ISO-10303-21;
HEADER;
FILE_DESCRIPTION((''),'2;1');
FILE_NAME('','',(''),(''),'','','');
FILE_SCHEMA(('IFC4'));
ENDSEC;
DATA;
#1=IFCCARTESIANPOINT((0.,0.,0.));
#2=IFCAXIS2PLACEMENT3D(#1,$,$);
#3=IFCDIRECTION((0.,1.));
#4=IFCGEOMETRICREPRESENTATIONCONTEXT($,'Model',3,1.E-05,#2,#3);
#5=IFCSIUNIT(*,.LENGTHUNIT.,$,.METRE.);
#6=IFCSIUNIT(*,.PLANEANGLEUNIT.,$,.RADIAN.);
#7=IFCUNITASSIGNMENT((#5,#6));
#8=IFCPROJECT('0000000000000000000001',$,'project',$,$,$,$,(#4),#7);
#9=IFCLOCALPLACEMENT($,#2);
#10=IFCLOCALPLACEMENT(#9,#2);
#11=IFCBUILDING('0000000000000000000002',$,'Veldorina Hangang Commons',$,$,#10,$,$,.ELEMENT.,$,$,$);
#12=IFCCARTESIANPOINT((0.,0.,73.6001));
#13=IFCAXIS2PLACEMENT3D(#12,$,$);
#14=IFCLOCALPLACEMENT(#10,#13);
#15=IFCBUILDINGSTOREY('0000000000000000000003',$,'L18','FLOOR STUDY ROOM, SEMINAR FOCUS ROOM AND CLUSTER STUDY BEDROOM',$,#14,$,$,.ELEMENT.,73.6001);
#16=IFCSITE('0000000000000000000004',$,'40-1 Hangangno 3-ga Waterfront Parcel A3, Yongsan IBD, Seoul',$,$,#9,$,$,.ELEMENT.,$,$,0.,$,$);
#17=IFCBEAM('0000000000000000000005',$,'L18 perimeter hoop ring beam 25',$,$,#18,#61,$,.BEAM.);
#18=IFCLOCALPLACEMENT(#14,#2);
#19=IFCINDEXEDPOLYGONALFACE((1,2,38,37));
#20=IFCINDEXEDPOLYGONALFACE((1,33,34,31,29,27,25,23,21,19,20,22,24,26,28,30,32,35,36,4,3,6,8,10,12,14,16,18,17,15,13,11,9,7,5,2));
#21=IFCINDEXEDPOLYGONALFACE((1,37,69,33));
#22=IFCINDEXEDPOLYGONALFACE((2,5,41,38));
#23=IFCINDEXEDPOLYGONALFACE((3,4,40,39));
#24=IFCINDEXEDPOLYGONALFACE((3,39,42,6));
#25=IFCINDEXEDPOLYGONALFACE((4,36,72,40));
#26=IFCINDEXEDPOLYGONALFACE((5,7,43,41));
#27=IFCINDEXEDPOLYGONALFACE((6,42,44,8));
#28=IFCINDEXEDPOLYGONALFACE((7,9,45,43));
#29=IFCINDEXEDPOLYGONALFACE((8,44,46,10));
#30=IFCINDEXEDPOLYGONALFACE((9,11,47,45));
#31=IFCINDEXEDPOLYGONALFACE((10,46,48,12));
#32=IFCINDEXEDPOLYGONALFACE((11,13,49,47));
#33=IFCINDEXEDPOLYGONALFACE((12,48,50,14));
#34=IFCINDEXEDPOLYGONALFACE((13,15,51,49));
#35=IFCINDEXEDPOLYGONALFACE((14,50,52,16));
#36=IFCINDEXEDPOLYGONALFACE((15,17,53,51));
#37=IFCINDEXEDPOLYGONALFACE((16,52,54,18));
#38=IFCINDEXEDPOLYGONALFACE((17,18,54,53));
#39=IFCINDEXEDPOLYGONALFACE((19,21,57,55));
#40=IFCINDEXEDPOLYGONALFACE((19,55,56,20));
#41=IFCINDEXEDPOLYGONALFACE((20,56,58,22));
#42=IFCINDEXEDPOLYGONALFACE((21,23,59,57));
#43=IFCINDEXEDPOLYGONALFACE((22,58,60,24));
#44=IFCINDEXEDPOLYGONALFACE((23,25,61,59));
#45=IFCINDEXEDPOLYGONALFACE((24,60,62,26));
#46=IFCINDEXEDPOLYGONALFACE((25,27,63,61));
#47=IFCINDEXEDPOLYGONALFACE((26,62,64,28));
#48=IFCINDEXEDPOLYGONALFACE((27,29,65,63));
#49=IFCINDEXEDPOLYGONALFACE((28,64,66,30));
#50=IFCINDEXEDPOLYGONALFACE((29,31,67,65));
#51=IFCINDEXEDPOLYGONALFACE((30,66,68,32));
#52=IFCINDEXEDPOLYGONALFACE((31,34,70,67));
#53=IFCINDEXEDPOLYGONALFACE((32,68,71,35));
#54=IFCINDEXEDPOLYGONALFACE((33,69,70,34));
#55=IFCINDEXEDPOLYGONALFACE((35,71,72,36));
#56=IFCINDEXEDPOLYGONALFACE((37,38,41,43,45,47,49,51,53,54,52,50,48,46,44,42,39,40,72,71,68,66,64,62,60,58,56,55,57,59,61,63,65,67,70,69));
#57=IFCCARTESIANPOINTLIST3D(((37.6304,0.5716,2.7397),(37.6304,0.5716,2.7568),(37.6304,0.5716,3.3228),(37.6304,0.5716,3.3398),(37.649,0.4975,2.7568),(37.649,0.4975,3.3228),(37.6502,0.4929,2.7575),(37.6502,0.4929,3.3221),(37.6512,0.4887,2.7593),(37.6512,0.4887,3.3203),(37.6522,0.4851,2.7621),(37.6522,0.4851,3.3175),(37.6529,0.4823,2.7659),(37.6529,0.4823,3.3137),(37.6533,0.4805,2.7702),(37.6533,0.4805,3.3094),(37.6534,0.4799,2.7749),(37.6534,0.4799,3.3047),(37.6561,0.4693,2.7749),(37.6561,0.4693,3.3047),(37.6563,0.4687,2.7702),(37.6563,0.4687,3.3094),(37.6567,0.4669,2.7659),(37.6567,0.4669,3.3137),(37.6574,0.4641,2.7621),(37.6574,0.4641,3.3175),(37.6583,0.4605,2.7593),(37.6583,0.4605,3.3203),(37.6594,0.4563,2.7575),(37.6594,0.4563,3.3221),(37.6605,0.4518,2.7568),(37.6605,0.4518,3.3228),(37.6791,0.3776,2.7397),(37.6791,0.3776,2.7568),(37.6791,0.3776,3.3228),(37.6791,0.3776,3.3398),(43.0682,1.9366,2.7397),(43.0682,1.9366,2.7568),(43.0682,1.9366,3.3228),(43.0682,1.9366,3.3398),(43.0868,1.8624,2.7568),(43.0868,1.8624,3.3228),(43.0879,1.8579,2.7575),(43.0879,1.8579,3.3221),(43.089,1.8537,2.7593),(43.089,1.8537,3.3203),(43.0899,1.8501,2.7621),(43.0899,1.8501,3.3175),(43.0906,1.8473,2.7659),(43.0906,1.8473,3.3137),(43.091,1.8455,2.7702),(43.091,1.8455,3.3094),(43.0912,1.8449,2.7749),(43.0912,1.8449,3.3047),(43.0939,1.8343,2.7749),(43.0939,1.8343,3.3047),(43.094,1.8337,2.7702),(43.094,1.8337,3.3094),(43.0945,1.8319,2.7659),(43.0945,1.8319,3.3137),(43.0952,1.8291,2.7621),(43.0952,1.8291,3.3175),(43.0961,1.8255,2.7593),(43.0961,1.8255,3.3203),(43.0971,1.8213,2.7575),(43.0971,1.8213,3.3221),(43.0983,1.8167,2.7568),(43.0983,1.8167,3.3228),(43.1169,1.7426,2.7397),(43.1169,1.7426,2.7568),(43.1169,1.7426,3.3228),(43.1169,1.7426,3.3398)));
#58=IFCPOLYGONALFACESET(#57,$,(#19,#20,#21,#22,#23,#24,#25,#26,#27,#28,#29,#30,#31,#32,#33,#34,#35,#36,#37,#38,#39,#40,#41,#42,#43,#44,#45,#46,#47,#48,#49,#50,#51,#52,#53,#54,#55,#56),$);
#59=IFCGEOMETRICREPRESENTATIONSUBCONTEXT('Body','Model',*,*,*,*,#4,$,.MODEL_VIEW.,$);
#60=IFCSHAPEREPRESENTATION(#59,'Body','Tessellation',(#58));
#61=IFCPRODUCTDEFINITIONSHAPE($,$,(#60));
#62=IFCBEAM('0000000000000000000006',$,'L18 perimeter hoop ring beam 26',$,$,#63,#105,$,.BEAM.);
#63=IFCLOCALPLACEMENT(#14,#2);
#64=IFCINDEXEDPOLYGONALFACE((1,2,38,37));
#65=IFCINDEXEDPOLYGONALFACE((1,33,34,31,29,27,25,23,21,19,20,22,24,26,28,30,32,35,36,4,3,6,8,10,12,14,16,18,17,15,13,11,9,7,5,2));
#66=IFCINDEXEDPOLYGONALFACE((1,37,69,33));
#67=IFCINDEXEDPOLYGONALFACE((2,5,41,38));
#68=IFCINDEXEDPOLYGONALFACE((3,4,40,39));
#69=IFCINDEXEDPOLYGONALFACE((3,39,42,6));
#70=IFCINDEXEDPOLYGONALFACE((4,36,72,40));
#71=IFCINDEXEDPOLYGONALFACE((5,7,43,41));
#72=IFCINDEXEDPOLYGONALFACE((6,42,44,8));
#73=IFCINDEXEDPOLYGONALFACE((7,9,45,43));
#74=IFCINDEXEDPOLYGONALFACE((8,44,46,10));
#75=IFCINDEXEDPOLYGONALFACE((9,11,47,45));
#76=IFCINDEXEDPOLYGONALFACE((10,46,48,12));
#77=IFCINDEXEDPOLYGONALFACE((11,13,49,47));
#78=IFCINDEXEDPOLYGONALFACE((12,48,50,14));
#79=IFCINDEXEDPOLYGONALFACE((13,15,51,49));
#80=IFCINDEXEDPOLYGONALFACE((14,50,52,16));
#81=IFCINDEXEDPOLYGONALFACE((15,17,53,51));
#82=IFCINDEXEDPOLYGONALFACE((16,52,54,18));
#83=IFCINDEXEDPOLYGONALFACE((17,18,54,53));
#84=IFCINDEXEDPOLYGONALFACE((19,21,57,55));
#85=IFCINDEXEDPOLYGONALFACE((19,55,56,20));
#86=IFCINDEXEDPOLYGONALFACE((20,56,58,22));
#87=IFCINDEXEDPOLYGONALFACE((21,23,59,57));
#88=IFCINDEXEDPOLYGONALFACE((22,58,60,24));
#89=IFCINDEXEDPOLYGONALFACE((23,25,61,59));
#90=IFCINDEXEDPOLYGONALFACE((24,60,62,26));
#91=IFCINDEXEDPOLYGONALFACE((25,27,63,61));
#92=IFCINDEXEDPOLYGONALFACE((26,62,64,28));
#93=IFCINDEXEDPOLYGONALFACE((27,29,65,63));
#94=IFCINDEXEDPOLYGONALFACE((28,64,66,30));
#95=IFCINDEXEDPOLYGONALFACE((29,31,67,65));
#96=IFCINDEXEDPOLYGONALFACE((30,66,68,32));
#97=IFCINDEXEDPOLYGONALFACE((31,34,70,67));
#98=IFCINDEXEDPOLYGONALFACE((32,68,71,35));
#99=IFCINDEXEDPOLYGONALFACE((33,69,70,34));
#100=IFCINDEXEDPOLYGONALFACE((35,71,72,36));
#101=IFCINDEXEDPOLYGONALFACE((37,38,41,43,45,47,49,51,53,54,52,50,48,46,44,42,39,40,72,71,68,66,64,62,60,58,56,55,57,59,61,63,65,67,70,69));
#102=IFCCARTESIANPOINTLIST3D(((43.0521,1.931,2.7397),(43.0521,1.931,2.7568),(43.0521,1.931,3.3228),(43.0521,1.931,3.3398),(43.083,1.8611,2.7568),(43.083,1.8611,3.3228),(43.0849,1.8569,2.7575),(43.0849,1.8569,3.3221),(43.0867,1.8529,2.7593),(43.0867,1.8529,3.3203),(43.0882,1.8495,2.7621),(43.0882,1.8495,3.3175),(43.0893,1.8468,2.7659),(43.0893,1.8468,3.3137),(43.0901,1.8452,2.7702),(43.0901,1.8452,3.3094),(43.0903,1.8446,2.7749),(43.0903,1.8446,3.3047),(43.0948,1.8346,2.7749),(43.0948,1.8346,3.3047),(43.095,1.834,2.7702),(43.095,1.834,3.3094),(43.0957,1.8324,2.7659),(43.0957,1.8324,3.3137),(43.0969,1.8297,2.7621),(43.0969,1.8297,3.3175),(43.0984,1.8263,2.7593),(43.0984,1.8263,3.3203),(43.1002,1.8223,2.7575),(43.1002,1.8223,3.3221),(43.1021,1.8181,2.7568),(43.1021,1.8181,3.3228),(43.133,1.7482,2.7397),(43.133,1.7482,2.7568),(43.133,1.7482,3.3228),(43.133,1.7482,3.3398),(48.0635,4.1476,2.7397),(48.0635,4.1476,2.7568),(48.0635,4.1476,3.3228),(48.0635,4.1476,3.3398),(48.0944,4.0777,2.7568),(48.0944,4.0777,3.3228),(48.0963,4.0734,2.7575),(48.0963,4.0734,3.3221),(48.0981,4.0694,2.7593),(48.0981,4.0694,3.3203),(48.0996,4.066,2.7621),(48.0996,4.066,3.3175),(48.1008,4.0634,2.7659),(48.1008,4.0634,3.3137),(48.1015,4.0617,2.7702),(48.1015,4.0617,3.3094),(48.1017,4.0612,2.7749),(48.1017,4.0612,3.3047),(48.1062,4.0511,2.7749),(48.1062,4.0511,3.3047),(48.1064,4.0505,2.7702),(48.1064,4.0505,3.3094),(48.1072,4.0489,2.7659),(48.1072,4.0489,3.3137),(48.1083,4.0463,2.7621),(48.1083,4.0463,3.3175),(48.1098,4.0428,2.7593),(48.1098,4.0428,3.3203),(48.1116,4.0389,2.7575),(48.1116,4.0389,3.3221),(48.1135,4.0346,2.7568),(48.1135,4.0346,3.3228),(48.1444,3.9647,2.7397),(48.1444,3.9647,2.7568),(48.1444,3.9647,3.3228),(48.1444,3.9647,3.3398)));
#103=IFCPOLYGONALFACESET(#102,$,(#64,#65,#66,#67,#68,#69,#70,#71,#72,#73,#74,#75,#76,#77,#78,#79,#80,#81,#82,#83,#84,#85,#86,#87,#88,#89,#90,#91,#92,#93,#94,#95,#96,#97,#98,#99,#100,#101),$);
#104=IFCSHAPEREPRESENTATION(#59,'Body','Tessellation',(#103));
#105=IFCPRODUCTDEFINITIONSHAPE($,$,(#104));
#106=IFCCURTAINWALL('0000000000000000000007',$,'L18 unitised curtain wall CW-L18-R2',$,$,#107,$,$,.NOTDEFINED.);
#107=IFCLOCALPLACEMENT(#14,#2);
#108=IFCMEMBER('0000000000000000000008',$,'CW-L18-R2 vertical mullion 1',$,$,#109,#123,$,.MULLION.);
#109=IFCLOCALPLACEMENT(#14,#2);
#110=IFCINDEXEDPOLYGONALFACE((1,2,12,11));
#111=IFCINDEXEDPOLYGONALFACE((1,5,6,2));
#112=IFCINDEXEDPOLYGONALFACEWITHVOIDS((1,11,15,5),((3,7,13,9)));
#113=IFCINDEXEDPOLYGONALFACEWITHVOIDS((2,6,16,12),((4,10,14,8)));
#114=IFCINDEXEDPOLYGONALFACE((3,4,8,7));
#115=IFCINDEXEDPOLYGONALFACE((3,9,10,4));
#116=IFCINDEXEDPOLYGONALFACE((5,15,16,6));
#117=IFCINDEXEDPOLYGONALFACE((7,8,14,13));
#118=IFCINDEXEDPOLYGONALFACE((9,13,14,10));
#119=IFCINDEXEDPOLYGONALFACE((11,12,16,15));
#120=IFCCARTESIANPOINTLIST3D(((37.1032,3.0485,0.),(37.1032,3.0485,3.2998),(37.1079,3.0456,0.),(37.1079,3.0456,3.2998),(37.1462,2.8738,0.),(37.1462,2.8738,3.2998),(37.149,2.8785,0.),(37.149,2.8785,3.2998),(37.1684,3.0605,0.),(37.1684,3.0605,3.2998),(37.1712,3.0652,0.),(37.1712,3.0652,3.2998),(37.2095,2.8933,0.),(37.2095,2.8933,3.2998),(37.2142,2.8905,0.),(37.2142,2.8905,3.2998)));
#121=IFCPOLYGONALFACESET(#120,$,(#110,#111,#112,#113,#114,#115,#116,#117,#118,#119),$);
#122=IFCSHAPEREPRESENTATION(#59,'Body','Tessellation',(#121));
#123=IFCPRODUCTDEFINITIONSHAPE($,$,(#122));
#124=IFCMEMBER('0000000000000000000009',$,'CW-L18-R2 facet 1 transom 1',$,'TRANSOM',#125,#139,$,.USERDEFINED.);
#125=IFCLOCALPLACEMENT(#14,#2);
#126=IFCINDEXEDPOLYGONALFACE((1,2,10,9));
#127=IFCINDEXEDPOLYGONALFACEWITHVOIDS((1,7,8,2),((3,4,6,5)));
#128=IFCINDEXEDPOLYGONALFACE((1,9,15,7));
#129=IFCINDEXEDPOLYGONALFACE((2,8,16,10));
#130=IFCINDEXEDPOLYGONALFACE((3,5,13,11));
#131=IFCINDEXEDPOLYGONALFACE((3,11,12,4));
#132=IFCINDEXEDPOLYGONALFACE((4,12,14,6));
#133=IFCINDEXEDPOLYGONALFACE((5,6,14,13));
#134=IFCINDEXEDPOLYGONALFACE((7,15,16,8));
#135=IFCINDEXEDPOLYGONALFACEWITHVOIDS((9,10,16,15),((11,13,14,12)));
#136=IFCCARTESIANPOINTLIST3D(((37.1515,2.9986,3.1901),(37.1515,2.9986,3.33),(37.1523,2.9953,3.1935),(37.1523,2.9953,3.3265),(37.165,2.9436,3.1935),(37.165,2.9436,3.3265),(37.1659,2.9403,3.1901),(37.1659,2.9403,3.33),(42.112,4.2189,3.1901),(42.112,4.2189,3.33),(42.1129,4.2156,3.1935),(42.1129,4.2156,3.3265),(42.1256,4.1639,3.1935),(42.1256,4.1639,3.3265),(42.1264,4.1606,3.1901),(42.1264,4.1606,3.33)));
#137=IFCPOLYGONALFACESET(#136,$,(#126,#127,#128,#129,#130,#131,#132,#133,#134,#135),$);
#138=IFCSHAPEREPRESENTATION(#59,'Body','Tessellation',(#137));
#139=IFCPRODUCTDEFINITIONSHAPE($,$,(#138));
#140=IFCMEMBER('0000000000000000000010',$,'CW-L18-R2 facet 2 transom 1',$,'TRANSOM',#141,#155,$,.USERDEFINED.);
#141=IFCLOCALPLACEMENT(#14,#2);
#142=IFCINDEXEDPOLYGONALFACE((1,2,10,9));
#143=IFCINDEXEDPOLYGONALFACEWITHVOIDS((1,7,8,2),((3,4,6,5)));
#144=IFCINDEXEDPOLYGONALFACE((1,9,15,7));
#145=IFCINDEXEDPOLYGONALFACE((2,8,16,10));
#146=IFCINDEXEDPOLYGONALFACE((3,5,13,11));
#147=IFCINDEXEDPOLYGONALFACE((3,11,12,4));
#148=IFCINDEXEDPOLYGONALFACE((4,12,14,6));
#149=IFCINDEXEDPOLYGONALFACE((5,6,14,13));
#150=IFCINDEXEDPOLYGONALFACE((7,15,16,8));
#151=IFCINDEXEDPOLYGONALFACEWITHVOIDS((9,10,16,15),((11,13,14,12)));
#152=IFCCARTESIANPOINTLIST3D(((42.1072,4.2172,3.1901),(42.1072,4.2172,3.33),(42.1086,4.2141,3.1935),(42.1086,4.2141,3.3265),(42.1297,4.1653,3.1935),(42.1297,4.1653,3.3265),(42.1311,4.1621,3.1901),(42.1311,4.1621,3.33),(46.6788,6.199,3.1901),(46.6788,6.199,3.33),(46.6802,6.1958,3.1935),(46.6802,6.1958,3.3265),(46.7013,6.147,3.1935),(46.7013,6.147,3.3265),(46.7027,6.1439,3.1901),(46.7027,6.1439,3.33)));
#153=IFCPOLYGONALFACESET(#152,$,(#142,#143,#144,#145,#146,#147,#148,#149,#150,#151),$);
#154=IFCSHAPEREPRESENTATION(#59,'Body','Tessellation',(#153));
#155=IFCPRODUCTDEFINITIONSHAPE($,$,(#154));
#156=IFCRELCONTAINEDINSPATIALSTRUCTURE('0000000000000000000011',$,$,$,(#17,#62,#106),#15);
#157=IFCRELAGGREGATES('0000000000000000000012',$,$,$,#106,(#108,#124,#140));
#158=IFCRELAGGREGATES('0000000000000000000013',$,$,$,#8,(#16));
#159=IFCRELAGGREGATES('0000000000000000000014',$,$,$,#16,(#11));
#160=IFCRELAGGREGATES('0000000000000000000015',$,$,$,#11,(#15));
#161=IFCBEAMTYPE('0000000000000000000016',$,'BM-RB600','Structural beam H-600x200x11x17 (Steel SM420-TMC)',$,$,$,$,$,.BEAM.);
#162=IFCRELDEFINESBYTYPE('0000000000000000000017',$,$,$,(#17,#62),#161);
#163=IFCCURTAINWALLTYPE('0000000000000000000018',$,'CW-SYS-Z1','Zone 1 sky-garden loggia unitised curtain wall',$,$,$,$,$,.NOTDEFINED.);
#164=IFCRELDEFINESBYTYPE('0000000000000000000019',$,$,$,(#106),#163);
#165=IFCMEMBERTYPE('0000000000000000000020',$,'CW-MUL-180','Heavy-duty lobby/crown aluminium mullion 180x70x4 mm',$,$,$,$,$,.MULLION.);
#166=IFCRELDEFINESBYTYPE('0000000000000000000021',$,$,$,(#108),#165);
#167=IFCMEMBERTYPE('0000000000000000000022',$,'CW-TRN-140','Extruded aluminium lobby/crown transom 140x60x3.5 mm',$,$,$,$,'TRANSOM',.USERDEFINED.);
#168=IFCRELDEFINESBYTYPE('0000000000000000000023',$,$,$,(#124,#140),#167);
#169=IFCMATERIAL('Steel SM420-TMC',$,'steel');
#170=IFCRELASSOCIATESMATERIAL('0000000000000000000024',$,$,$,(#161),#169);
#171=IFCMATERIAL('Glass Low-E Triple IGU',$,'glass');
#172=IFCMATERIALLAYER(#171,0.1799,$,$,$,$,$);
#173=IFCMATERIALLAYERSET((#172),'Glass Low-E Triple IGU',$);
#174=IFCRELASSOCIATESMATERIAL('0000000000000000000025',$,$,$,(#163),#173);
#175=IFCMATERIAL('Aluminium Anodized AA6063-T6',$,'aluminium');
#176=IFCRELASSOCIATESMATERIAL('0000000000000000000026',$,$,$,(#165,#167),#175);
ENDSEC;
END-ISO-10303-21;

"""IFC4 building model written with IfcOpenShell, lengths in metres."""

from ifc_helpers import new_model, si_unit, direction, frame, origin, origin_2d, place, context, subcontext, project, spatial, hollow_rectangle, i_section, extrude, material, layer, layer_set, material_profile, profile_set, type_object, element, aggregate, save


model = new_model("IFC4")

# Units and contexts
model_context = context("Model", 3, precision=1e-05, world=origin(), true_north=direction((0.0, 1.0)))
body_context = subcontext(model_context, "Body", "Model", "MODEL_VIEW")
ifc_project = project(units=[si_unit("LENGTHUNIT", "METRE"), si_unit("PLANEANGLEUNIT", "RADIAN")], contexts=[model_context])

# Site, building, storey
site_placement = place(None, origin())
site = spatial("IfcSite", under=ifc_project, at=site_placement, Name="40-1 Hangangno 3-ga Waterfront Parcel A3, Yongsan IBD, Seoul", CompositionType="ELEMENT", RefElevation=0.0)
building_placement = place(site_placement, origin())
building = spatial("IfcBuilding", under=site, at=building_placement, Name="Veldorina Hangang Commons", CompositionType="ELEMENT")
storey_placement = place(building_placement, frame((0.0, 0.0, 73.6001)))
storey = spatial("IfcBuildingStorey", under=building, at=storey_placement, Name="L18", Description="FLOOR STUDY ROOM, SEMINAR FOCUS ROOM AND CLUSTER STUDY BEDROOM", CompositionType="ELEMENT", Elevation=73.6001)

# Beams
ifc_material_1 = material(Name="Steel SM420-TMC", Category="steel")
ifc_material_profile_1 = material_profile(ifc_material_1, i_section(OverallWidth=0.2, OverallDepth=0.6001, WebThickness=0.011, FlangeThickness=0.0171, FilletRadius=0.0181, at=origin_2d()), Name="H-600x200x11x17")
ifc_profile_set_1 = profile_set([ifc_material_profile_1], Name="Steel SM420-TMC")
beam_type = type_object("IfcBeamType", Name="BM-RB600", Description="Structural beam H-600x200x11x17 (Steel SM420-TMC)", PredefinedType="BEAM", material=ifc_profile_set_1)
beam_1_placement = place(storey_placement, frame((37.6548, 0.4746, 3.0398), z_axis=(0.969909, 0.243468, 0.0), x_axis=(-0.243468, 0.969909, 0.0)))
element("IfcBeam", 1, at=beam_1_placement, inside=storey, type_object=beam_type, Name="L18 perimeter hoop ring beam 25", PredefinedType="BEAM", context=body_context, shape_type="SweptSolid", body=[
    extrude(i_section(OverallWidth=0.2, OverallDepth=0.6001, WebThickness=0.011, FlangeThickness=0.0171, FilletRadius=0.0181, at=origin_2d()), origin(), (0.0, 0.0, 1.0), 5.6064),
])
beam_2_placement = place(storey_placement, frame((43.0925, 1.8396, 3.0398), z_axis=(0.914539, 0.404497, 0.0), x_axis=(-0.404497, 0.914539, 0.0)))
element("IfcBeam", 2, at=beam_2_placement, inside=storey, type_object=beam_type, Name="L18 perimeter hoop ring beam 26", PredefinedType="BEAM", context=body_context, shape_type="SweptSolid", body=[
    extrude(i_section(OverallWidth=0.2, OverallDepth=0.6001, WebThickness=0.011, FlangeThickness=0.0171, FilletRadius=0.0181, at=origin_2d()), origin(), (0.0, 0.0, 1.0), 5.4797),
])

# Curtain wall, members
ifc_material_2 = material(Name="Glass Low-E Triple IGU", Category="glass")
ifc_layer_1 = layer(ifc_material_2, 0.1799)
ifc_layer_set_1 = layer_set([ifc_layer_1], Name="Glass Low-E Triple IGU")
curtain_wall_type = type_object("IfcCurtainWallType", Name="CW-SYS-Z1", Description="Zone 1 sky-garden loggia unitised curtain wall", PredefinedType="NOTDEFINED", material=ifc_layer_set_1)
curtain_wall_placement = place(storey_placement, origin())
curtain_wall = element("IfcCurtainWall", 3, at=curtain_wall_placement, inside=storey, type_object=curtain_wall_type, Name="L18 unitised curtain wall CW-L18-R2", PredefinedType="NOTDEFINED")
ifc_material_3 = material(Name="Aluminium Anodized AA6063-T6", Category="aluminium")
ifc_material_profile_2 = material_profile(ifc_material_3, hollow_rectangle(XDim=0.0701, YDim=0.1799, WallThickness=0.0039, at=origin_2d()), Name="ALU-RHS-180x70x4")
ifc_profile_set_2 = profile_set([ifc_material_profile_2], Name="Aluminium Anodized AA6063-T6")
member_type_1 = type_object("IfcMemberType", Name="CW-MUL-180", Description="Heavy-duty lobby/crown aluminium mullion 180x70x4 mm", PredefinedType="MULLION", material=ifc_profile_set_2)
member_1_placement = place(storey_placement, frame((37.1587, 2.9695, 0.0), z_axis=(0.0, 0.0, 1.0), x_axis=(0.971051, 0.238872, 0.0)))
member_1 = element("IfcMember", 4, at=member_1_placement, type_object=member_type_1, Name="CW-L18-R2 vertical mullion 1", PredefinedType="MULLION", context=body_context, shape_type="SweptSolid", body=[
    extrude(hollow_rectangle(XDim=0.0701, YDim=0.1799, WallThickness=0.0039, at=origin_2d()), origin(), (0.0, 0.0, 1.0), 3.2998),
])
ifc_material_profile_3 = material_profile(ifc_material_3, hollow_rectangle(XDim=0.0601, YDim=0.1399, WallThickness=0.0034, at=origin_2d()), Name="ALU-RHS-140x60x3.5")
ifc_profile_set_3 = profile_set([ifc_material_profile_3], Name="Aluminium Anodized AA6063-T6")
member_type_2 = type_object("IfcMemberType", Name="CW-TRN-140", Description="Extruded aluminium lobby/crown transom 140x60x3.5 mm", ElementType="TRANSOM", PredefinedType="USERDEFINED", material=ifc_profile_set_3)
member_2_placement = place(storey_placement, frame((37.1587, 2.9695, 3.26), z_axis=(0.971052, 0.238868, 0.0), x_axis=(-0.238868, 0.971052, 0.0)))
member_2 = element("IfcMember", 5, at=member_2_placement, type_object=member_type_2, Name="CW-L18-R2 facet 1 transom 1", ObjectType="TRANSOM", PredefinedType="USERDEFINED", context=body_context, shape_type="SweptSolid", body=[
    extrude(hollow_rectangle(XDim=0.0601, YDim=0.1399, WallThickness=0.0034, at=origin_2d()), origin(), (0.0, 0.0, 1.0), 5.1084),
])
member_3_placement = place(storey_placement, frame((42.1191, 4.1897, 3.26), z_axis=(0.917505, 0.397724, 0.0), x_axis=(-0.397724, 0.917505, 0.0)))
member_3 = element("IfcMember", 6, at=member_3_placement, type_object=member_type_2, Name="CW-L18-R2 facet 2 transom 1", ObjectType="TRANSOM", PredefinedType="USERDEFINED", context=body_context, shape_type="SweptSolid", body=[
    extrude(hollow_rectangle(XDim=0.0601, YDim=0.1399, WallThickness=0.0034, at=origin_2d()), origin(), (0.0, 0.0, 1.0), 4.9827),
])

aggregate(curtain_wall, [member_1, member_2, member_3])

save(model, "model.ifc")
